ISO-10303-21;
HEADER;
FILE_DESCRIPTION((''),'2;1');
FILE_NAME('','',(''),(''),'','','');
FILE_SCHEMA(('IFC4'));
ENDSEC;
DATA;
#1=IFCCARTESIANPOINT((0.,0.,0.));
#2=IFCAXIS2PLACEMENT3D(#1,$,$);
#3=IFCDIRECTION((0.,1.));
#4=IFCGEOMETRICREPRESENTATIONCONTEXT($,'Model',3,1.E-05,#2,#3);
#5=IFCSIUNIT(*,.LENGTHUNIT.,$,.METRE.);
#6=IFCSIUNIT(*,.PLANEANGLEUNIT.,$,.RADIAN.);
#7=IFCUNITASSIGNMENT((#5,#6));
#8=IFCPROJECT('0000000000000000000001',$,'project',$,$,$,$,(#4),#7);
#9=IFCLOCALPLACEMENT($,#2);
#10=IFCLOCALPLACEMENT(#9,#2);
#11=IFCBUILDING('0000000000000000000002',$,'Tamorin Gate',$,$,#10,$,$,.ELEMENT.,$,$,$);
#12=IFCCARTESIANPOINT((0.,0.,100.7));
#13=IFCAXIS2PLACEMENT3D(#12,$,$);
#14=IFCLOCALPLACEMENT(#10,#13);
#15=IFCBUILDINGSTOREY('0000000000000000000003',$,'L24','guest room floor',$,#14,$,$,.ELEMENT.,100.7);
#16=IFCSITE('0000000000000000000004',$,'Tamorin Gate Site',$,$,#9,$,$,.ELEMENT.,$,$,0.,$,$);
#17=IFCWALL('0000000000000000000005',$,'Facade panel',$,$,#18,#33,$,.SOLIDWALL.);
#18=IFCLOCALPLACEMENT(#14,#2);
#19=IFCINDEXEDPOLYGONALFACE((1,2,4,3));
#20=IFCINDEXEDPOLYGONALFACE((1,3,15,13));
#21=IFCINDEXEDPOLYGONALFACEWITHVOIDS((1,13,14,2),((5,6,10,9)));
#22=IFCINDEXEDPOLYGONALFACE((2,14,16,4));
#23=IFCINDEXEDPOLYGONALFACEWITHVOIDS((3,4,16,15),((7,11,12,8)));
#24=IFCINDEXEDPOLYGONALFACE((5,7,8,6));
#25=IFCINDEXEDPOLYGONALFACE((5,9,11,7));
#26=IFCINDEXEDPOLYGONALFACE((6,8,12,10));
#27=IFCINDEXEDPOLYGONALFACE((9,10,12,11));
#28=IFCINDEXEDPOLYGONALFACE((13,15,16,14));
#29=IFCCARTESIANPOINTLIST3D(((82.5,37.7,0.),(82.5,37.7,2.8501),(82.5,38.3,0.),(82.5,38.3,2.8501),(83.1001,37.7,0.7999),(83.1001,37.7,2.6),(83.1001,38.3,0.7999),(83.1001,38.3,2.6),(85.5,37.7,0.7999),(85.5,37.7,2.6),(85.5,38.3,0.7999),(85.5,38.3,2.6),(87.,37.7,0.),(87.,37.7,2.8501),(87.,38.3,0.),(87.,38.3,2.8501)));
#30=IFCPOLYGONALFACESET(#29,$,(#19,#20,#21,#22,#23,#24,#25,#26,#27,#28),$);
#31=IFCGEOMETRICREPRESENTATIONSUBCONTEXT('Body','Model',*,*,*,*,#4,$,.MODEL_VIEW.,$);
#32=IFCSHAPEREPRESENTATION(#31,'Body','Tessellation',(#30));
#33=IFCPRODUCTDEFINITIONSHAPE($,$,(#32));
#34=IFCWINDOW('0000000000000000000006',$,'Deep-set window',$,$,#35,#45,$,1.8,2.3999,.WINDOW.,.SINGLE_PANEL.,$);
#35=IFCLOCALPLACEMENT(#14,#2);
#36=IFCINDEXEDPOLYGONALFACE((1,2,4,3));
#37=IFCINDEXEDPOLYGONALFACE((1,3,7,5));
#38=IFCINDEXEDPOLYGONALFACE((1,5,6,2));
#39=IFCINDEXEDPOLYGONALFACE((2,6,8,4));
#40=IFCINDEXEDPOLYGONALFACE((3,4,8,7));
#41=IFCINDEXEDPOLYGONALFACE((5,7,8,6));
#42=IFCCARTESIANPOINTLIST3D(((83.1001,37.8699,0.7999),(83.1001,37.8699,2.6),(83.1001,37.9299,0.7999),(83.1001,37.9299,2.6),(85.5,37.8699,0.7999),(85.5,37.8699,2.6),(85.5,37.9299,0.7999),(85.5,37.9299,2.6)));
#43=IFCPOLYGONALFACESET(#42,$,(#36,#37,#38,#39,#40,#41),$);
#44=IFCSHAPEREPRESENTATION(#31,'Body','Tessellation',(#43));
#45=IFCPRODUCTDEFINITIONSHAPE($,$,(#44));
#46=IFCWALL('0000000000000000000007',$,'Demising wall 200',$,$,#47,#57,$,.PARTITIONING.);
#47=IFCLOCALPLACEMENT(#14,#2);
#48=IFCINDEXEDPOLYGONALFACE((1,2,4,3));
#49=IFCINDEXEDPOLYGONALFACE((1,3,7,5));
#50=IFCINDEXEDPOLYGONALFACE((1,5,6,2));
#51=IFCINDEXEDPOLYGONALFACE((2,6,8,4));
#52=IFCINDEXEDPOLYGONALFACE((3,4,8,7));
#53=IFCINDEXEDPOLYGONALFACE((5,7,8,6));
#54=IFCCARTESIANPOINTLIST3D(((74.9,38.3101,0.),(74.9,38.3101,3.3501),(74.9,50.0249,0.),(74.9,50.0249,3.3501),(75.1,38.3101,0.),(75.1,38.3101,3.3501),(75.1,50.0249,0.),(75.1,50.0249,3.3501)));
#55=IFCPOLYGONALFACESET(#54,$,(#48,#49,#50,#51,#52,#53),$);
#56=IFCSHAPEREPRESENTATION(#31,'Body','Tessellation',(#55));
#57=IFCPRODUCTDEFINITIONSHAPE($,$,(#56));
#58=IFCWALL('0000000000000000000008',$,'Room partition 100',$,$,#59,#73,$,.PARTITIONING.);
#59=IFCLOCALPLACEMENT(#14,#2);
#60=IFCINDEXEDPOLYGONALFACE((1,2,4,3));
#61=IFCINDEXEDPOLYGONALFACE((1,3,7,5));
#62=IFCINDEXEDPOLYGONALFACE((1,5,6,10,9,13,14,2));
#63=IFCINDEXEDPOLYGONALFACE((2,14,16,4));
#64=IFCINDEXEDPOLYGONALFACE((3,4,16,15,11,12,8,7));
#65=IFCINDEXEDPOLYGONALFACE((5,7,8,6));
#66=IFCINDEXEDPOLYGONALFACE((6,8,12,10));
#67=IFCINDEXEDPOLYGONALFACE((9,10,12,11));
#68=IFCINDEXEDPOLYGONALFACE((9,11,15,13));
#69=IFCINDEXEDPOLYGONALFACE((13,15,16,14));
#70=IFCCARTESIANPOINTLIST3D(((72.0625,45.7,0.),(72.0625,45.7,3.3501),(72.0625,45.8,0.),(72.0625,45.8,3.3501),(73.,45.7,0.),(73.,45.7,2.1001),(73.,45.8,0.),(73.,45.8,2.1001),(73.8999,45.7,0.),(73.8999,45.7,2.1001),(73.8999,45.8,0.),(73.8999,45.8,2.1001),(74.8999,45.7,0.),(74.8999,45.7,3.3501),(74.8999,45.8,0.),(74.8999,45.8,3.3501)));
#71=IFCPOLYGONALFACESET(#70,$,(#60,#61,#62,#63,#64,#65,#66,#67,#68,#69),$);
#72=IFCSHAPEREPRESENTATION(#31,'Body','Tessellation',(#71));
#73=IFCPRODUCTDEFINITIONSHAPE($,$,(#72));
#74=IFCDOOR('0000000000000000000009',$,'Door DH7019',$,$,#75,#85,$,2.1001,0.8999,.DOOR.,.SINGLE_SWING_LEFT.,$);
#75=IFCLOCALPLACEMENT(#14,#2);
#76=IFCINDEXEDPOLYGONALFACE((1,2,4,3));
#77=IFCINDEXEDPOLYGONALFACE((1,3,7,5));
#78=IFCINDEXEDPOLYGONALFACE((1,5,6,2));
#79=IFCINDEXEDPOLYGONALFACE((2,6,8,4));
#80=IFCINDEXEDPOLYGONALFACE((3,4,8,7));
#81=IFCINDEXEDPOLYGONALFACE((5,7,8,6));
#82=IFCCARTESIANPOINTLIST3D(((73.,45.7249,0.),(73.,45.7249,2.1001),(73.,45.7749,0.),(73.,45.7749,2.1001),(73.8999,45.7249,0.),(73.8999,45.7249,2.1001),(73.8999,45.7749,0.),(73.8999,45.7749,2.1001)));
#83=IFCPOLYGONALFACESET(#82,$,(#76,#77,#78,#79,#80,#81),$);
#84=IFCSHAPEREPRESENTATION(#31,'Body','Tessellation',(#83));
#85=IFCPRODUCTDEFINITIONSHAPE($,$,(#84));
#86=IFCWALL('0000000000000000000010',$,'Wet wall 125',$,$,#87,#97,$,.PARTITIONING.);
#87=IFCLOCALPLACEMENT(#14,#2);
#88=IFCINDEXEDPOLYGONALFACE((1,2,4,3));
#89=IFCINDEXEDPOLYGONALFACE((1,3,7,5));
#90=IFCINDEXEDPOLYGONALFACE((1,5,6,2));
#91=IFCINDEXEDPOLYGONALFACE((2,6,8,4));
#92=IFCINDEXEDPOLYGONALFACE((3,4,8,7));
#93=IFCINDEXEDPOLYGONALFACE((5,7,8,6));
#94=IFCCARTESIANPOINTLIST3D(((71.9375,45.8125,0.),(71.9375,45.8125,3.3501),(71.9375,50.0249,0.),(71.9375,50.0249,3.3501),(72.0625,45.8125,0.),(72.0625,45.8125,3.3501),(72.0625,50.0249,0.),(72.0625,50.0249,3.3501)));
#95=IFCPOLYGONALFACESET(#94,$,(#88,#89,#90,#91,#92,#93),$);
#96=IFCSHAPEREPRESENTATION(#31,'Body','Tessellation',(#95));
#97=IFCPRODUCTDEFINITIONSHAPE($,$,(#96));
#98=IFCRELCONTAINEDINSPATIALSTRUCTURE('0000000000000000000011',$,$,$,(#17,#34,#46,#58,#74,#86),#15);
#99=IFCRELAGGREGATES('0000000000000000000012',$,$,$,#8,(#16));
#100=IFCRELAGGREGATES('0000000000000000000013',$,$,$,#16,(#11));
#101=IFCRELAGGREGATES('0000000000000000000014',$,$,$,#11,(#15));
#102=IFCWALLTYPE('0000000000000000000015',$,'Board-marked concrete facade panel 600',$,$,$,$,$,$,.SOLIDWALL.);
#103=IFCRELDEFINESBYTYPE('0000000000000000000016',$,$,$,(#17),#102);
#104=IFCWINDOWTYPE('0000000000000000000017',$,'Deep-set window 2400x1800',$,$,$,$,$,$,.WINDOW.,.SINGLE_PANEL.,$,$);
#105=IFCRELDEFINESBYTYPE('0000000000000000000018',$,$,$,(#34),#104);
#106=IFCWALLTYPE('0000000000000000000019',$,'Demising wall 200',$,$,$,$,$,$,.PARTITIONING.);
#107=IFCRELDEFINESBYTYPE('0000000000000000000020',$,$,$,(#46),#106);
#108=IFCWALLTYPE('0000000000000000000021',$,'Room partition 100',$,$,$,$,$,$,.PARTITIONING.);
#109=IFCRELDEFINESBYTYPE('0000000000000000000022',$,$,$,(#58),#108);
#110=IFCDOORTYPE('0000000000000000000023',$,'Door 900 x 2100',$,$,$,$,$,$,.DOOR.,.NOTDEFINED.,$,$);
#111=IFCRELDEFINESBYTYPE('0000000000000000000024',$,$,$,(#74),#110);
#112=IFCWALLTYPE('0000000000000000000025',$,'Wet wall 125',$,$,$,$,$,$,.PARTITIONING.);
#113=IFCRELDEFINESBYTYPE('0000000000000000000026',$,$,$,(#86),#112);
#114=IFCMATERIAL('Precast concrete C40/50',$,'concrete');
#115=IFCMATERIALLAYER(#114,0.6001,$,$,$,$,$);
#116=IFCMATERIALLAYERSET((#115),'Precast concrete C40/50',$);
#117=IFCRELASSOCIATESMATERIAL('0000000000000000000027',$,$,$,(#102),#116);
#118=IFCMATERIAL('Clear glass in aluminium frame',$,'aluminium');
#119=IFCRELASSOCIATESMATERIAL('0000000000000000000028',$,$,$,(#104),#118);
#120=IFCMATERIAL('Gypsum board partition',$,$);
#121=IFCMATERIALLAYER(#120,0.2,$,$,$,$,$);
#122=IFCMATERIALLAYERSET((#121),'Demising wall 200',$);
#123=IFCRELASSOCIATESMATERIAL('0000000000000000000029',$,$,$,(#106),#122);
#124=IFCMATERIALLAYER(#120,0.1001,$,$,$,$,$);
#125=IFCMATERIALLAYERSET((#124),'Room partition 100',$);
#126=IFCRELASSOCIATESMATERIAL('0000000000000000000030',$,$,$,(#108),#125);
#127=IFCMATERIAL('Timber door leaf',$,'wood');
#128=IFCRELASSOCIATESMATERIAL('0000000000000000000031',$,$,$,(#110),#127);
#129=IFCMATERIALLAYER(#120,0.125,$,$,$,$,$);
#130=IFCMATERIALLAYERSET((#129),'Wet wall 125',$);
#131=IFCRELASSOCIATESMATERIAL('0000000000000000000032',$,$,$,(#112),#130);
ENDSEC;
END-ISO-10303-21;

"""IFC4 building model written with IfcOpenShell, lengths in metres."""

from ifc_helpers import new_model, si_unit, direction, frame, frame_2d, origin, place, context, subcontext, project, spatial, rectangle, extrude, material, layer, layer_set, type_object, element, fill, save


model = new_model("IFC4")

# Units and contexts
model_context = context("Model", 3, precision=1e-05, world=origin(), true_north=direction((0.0, 1.0)))
body_context = subcontext(model_context, "Body", "Model", "MODEL_VIEW")
ifc_project = project(units=[si_unit("LENGTHUNIT", "METRE"), si_unit("PLANEANGLEUNIT", "RADIAN")], contexts=[model_context])

# Site, building, storey
site_placement = place(None, origin())
site = spatial("IfcSite", under=ifc_project, at=site_placement, Name="Tamorin Gate Site", CompositionType="ELEMENT", RefElevation=0.0)
building_placement = place(site_placement, origin())
building = spatial("IfcBuilding", under=site, at=building_placement, Name="Tamorin Gate", CompositionType="ELEMENT")
storey_placement = place(building_placement, frame((0.0, 0.0, 100.7)))
storey = spatial("IfcBuildingStorey", under=building, at=storey_placement, Name="L24", Description="guest room floor", CompositionType="ELEMENT", Elevation=100.7)

# Shared definitions
ifc_material_1 = material(Name="Precast concrete C40/50", Category="concrete")
ifc_layer_1 = layer(ifc_material_1, 0.6001)
ifc_layer_set_1 = layer_set([ifc_layer_1], Name="Precast concrete C40/50")
wall_type_1 = type_object("IfcWallType", Name="Board-marked concrete facade panel 600", PredefinedType="SOLIDWALL", material=ifc_layer_set_1)
ifc_material_2 = material(Name="Clear glass in aluminium frame", Category="aluminium")
window_type = type_object("IfcWindowType", Name="Deep-set window 2400x1800", PartitioningType="SINGLE_PANEL", PredefinedType="WINDOW", material=ifc_material_2)

# Wall, opening, window
wall_1_placement = place(storey_placement, frame((82.5, 38.0, 0.0), z_axis=(0.0, 0.0, 1.0), x_axis=(1.0, 0.0, 0.0)))
wall_1 = element("IfcWall", 1, at=wall_1_placement, inside=storey, type_object=wall_type_1, Name="Facade panel", PredefinedType="SOLIDWALL", context=body_context, shape_type="SweptSolid", body=[
    extrude(rectangle(XDim=4.5, YDim=0.6001, at=frame_2d((2.25, 0.0))), origin(), (0.0, 0.0, 1.0), 2.8501),
])
opening_1_placement = place(wall_1_placement, frame((0.6001, 0.0, 0.8)))
opening_1 = element("IfcOpeningElement", 2, at=opening_1_placement, cuts=wall_1, PredefinedType="OPENING", context=body_context, shape_type="SweptSolid", body=[
    extrude(rectangle(XDim=2.3999, YDim=1.8, at=frame_2d((1.2, 0.8999))), frame((0.0, 0.3101, 0.0), z_axis=(0.0, -1.0, 0.0), x_axis=(1.0, 0.0, 0.0)), (0.0, 0.0, 1.0), 0.6201),
])
window_1_placement = place(opening_1_placement, origin())
window_1 = element("IfcWindow", 3, at=window_1_placement, inside=storey, type_object=window_type, Name="Deep-set window", OverallHeight=1.8, OverallWidth=2.3999, PartitioningType="SINGLE_PANEL", PredefinedType="WINDOW", context=body_context, shape_type="SweptSolid", body=[
    extrude(rectangle(XDim=2.3999, YDim=1.8, at=frame_2d((1.2, 0.8999))), frame((0.0, -0.0701, 0.0), z_axis=(0.0, -1.0, 0.0), x_axis=(1.0, 0.0, 0.0)), (0.0, 0.0, 1.0), 0.0601),
])
fill(opening_1, window_1)

# Wall
ifc_material_3 = material(Name="Gypsum board partition")
ifc_layer_2 = layer(ifc_material_3, 0.2)
ifc_layer_set_2 = layer_set([ifc_layer_2], Name="Demising wall 200")
wall_type_2 = type_object("IfcWallType", Name="Demising wall 200", PredefinedType="PARTITIONING", material=ifc_layer_set_2)
wall_2_placement = place(storey_placement, frame((75.0, 38.3101, 0.0), z_axis=(0.0, 0.0, 1.0), x_axis=(0.0, 1.0, 0.0)))
element("IfcWall", 4, at=wall_2_placement, inside=storey, type_object=wall_type_2, Name="Demising wall 200", PredefinedType="PARTITIONING", context=body_context, shape_type="SweptSolid", body=[
    extrude(rectangle(XDim=11.7148, YDim=0.2, at=frame_2d((5.8574, 0.0))), origin(), (0.0, 0.0, 1.0), 3.3501),
])

# Wall, opening, door
ifc_layer_3 = layer(ifc_material_3, 0.1001)
ifc_layer_set_3 = layer_set([ifc_layer_3], Name="Room partition 100")
wall_type_3 = type_object("IfcWallType", Name="Room partition 100", PredefinedType="PARTITIONING", material=ifc_layer_set_3)
wall_3_placement = place(storey_placement, frame((72.0625, 45.75, 0.0), z_axis=(0.0, 0.0, 1.0), x_axis=(1.0, 0.0, 0.0)))
wall_3 = element("IfcWall", 5, at=wall_3_placement, inside=storey, type_object=wall_type_3, Name="Room partition 100", PredefinedType="PARTITIONING", context=body_context, shape_type="SweptSolid", body=[
    extrude(rectangle(XDim=2.8374, YDim=0.1001, at=frame_2d((1.4187, 0.0))), origin(), (0.0, 0.0, 1.0), 3.3501),
])
opening_2_placement = place(wall_3_placement, frame((0.9375, 0.0, 0.0)))
opening_2 = element("IfcOpeningElement", 6, at=opening_2_placement, cuts=wall_3, PredefinedType="OPENING", context=body_context, shape_type="SweptSolid", body=[
    extrude(rectangle(XDim=0.8999, YDim=2.1001, at=frame_2d((0.45, 1.05))), frame((0.0, 0.0601, 0.0), z_axis=(0.0, -1.0, 0.0), x_axis=(1.0, 0.0, 0.0)), (0.0, 0.0, 1.0), 0.1201),
])
ifc_material_4 = material(Name="Timber door leaf", Category="wood")
door_type = type_object("IfcDoorType", Name="Door 900 x 2100", OperationType="NOTDEFINED", PredefinedType="DOOR", material=ifc_material_4)
door_placement = place(opening_2_placement, origin())
door = element("IfcDoor", 7, at=door_placement, inside=storey, type_object=door_type, Name="Door DH7019", OperationType="SINGLE_SWING_LEFT", OverallHeight=2.1001, OverallWidth=0.8999, PredefinedType="DOOR", context=body_context, shape_type="SweptSolid", body=[
    extrude(rectangle(XDim=0.8999, YDim=2.1001, at=frame_2d((0.45, 1.05))), frame((0.0, 0.0249, 0.0), z_axis=(0.0, -1.0, 0.0), x_axis=(1.0, 0.0, 0.0)), (0.0, 0.0, 1.0), 0.05),
])
fill(opening_2, door)

# Wall
ifc_layer_4 = layer(ifc_material_3, 0.125)
ifc_layer_set_4 = layer_set([ifc_layer_4], Name="Wet wall 125")
wall_type_4 = type_object("IfcWallType", Name="Wet wall 125", PredefinedType="PARTITIONING", material=ifc_layer_set_4)
wall_4_placement = place(storey_placement, frame((72.0, 45.8125, 0.0), z_axis=(0.0, 0.0, 1.0), x_axis=(0.0, 1.0, 0.0)))
element("IfcWall", 8, at=wall_4_placement, inside=storey, type_object=wall_type_4, Name="Wet wall 125", PredefinedType="PARTITIONING", context=body_context, shape_type="SweptSolid", body=[
    extrude(rectangle(XDim=4.2124, YDim=0.125, at=frame_2d((2.1062, 0.0))), origin(), (0.0, 0.0, 1.0), 3.3501),
])

save(model, "model.ifc")
